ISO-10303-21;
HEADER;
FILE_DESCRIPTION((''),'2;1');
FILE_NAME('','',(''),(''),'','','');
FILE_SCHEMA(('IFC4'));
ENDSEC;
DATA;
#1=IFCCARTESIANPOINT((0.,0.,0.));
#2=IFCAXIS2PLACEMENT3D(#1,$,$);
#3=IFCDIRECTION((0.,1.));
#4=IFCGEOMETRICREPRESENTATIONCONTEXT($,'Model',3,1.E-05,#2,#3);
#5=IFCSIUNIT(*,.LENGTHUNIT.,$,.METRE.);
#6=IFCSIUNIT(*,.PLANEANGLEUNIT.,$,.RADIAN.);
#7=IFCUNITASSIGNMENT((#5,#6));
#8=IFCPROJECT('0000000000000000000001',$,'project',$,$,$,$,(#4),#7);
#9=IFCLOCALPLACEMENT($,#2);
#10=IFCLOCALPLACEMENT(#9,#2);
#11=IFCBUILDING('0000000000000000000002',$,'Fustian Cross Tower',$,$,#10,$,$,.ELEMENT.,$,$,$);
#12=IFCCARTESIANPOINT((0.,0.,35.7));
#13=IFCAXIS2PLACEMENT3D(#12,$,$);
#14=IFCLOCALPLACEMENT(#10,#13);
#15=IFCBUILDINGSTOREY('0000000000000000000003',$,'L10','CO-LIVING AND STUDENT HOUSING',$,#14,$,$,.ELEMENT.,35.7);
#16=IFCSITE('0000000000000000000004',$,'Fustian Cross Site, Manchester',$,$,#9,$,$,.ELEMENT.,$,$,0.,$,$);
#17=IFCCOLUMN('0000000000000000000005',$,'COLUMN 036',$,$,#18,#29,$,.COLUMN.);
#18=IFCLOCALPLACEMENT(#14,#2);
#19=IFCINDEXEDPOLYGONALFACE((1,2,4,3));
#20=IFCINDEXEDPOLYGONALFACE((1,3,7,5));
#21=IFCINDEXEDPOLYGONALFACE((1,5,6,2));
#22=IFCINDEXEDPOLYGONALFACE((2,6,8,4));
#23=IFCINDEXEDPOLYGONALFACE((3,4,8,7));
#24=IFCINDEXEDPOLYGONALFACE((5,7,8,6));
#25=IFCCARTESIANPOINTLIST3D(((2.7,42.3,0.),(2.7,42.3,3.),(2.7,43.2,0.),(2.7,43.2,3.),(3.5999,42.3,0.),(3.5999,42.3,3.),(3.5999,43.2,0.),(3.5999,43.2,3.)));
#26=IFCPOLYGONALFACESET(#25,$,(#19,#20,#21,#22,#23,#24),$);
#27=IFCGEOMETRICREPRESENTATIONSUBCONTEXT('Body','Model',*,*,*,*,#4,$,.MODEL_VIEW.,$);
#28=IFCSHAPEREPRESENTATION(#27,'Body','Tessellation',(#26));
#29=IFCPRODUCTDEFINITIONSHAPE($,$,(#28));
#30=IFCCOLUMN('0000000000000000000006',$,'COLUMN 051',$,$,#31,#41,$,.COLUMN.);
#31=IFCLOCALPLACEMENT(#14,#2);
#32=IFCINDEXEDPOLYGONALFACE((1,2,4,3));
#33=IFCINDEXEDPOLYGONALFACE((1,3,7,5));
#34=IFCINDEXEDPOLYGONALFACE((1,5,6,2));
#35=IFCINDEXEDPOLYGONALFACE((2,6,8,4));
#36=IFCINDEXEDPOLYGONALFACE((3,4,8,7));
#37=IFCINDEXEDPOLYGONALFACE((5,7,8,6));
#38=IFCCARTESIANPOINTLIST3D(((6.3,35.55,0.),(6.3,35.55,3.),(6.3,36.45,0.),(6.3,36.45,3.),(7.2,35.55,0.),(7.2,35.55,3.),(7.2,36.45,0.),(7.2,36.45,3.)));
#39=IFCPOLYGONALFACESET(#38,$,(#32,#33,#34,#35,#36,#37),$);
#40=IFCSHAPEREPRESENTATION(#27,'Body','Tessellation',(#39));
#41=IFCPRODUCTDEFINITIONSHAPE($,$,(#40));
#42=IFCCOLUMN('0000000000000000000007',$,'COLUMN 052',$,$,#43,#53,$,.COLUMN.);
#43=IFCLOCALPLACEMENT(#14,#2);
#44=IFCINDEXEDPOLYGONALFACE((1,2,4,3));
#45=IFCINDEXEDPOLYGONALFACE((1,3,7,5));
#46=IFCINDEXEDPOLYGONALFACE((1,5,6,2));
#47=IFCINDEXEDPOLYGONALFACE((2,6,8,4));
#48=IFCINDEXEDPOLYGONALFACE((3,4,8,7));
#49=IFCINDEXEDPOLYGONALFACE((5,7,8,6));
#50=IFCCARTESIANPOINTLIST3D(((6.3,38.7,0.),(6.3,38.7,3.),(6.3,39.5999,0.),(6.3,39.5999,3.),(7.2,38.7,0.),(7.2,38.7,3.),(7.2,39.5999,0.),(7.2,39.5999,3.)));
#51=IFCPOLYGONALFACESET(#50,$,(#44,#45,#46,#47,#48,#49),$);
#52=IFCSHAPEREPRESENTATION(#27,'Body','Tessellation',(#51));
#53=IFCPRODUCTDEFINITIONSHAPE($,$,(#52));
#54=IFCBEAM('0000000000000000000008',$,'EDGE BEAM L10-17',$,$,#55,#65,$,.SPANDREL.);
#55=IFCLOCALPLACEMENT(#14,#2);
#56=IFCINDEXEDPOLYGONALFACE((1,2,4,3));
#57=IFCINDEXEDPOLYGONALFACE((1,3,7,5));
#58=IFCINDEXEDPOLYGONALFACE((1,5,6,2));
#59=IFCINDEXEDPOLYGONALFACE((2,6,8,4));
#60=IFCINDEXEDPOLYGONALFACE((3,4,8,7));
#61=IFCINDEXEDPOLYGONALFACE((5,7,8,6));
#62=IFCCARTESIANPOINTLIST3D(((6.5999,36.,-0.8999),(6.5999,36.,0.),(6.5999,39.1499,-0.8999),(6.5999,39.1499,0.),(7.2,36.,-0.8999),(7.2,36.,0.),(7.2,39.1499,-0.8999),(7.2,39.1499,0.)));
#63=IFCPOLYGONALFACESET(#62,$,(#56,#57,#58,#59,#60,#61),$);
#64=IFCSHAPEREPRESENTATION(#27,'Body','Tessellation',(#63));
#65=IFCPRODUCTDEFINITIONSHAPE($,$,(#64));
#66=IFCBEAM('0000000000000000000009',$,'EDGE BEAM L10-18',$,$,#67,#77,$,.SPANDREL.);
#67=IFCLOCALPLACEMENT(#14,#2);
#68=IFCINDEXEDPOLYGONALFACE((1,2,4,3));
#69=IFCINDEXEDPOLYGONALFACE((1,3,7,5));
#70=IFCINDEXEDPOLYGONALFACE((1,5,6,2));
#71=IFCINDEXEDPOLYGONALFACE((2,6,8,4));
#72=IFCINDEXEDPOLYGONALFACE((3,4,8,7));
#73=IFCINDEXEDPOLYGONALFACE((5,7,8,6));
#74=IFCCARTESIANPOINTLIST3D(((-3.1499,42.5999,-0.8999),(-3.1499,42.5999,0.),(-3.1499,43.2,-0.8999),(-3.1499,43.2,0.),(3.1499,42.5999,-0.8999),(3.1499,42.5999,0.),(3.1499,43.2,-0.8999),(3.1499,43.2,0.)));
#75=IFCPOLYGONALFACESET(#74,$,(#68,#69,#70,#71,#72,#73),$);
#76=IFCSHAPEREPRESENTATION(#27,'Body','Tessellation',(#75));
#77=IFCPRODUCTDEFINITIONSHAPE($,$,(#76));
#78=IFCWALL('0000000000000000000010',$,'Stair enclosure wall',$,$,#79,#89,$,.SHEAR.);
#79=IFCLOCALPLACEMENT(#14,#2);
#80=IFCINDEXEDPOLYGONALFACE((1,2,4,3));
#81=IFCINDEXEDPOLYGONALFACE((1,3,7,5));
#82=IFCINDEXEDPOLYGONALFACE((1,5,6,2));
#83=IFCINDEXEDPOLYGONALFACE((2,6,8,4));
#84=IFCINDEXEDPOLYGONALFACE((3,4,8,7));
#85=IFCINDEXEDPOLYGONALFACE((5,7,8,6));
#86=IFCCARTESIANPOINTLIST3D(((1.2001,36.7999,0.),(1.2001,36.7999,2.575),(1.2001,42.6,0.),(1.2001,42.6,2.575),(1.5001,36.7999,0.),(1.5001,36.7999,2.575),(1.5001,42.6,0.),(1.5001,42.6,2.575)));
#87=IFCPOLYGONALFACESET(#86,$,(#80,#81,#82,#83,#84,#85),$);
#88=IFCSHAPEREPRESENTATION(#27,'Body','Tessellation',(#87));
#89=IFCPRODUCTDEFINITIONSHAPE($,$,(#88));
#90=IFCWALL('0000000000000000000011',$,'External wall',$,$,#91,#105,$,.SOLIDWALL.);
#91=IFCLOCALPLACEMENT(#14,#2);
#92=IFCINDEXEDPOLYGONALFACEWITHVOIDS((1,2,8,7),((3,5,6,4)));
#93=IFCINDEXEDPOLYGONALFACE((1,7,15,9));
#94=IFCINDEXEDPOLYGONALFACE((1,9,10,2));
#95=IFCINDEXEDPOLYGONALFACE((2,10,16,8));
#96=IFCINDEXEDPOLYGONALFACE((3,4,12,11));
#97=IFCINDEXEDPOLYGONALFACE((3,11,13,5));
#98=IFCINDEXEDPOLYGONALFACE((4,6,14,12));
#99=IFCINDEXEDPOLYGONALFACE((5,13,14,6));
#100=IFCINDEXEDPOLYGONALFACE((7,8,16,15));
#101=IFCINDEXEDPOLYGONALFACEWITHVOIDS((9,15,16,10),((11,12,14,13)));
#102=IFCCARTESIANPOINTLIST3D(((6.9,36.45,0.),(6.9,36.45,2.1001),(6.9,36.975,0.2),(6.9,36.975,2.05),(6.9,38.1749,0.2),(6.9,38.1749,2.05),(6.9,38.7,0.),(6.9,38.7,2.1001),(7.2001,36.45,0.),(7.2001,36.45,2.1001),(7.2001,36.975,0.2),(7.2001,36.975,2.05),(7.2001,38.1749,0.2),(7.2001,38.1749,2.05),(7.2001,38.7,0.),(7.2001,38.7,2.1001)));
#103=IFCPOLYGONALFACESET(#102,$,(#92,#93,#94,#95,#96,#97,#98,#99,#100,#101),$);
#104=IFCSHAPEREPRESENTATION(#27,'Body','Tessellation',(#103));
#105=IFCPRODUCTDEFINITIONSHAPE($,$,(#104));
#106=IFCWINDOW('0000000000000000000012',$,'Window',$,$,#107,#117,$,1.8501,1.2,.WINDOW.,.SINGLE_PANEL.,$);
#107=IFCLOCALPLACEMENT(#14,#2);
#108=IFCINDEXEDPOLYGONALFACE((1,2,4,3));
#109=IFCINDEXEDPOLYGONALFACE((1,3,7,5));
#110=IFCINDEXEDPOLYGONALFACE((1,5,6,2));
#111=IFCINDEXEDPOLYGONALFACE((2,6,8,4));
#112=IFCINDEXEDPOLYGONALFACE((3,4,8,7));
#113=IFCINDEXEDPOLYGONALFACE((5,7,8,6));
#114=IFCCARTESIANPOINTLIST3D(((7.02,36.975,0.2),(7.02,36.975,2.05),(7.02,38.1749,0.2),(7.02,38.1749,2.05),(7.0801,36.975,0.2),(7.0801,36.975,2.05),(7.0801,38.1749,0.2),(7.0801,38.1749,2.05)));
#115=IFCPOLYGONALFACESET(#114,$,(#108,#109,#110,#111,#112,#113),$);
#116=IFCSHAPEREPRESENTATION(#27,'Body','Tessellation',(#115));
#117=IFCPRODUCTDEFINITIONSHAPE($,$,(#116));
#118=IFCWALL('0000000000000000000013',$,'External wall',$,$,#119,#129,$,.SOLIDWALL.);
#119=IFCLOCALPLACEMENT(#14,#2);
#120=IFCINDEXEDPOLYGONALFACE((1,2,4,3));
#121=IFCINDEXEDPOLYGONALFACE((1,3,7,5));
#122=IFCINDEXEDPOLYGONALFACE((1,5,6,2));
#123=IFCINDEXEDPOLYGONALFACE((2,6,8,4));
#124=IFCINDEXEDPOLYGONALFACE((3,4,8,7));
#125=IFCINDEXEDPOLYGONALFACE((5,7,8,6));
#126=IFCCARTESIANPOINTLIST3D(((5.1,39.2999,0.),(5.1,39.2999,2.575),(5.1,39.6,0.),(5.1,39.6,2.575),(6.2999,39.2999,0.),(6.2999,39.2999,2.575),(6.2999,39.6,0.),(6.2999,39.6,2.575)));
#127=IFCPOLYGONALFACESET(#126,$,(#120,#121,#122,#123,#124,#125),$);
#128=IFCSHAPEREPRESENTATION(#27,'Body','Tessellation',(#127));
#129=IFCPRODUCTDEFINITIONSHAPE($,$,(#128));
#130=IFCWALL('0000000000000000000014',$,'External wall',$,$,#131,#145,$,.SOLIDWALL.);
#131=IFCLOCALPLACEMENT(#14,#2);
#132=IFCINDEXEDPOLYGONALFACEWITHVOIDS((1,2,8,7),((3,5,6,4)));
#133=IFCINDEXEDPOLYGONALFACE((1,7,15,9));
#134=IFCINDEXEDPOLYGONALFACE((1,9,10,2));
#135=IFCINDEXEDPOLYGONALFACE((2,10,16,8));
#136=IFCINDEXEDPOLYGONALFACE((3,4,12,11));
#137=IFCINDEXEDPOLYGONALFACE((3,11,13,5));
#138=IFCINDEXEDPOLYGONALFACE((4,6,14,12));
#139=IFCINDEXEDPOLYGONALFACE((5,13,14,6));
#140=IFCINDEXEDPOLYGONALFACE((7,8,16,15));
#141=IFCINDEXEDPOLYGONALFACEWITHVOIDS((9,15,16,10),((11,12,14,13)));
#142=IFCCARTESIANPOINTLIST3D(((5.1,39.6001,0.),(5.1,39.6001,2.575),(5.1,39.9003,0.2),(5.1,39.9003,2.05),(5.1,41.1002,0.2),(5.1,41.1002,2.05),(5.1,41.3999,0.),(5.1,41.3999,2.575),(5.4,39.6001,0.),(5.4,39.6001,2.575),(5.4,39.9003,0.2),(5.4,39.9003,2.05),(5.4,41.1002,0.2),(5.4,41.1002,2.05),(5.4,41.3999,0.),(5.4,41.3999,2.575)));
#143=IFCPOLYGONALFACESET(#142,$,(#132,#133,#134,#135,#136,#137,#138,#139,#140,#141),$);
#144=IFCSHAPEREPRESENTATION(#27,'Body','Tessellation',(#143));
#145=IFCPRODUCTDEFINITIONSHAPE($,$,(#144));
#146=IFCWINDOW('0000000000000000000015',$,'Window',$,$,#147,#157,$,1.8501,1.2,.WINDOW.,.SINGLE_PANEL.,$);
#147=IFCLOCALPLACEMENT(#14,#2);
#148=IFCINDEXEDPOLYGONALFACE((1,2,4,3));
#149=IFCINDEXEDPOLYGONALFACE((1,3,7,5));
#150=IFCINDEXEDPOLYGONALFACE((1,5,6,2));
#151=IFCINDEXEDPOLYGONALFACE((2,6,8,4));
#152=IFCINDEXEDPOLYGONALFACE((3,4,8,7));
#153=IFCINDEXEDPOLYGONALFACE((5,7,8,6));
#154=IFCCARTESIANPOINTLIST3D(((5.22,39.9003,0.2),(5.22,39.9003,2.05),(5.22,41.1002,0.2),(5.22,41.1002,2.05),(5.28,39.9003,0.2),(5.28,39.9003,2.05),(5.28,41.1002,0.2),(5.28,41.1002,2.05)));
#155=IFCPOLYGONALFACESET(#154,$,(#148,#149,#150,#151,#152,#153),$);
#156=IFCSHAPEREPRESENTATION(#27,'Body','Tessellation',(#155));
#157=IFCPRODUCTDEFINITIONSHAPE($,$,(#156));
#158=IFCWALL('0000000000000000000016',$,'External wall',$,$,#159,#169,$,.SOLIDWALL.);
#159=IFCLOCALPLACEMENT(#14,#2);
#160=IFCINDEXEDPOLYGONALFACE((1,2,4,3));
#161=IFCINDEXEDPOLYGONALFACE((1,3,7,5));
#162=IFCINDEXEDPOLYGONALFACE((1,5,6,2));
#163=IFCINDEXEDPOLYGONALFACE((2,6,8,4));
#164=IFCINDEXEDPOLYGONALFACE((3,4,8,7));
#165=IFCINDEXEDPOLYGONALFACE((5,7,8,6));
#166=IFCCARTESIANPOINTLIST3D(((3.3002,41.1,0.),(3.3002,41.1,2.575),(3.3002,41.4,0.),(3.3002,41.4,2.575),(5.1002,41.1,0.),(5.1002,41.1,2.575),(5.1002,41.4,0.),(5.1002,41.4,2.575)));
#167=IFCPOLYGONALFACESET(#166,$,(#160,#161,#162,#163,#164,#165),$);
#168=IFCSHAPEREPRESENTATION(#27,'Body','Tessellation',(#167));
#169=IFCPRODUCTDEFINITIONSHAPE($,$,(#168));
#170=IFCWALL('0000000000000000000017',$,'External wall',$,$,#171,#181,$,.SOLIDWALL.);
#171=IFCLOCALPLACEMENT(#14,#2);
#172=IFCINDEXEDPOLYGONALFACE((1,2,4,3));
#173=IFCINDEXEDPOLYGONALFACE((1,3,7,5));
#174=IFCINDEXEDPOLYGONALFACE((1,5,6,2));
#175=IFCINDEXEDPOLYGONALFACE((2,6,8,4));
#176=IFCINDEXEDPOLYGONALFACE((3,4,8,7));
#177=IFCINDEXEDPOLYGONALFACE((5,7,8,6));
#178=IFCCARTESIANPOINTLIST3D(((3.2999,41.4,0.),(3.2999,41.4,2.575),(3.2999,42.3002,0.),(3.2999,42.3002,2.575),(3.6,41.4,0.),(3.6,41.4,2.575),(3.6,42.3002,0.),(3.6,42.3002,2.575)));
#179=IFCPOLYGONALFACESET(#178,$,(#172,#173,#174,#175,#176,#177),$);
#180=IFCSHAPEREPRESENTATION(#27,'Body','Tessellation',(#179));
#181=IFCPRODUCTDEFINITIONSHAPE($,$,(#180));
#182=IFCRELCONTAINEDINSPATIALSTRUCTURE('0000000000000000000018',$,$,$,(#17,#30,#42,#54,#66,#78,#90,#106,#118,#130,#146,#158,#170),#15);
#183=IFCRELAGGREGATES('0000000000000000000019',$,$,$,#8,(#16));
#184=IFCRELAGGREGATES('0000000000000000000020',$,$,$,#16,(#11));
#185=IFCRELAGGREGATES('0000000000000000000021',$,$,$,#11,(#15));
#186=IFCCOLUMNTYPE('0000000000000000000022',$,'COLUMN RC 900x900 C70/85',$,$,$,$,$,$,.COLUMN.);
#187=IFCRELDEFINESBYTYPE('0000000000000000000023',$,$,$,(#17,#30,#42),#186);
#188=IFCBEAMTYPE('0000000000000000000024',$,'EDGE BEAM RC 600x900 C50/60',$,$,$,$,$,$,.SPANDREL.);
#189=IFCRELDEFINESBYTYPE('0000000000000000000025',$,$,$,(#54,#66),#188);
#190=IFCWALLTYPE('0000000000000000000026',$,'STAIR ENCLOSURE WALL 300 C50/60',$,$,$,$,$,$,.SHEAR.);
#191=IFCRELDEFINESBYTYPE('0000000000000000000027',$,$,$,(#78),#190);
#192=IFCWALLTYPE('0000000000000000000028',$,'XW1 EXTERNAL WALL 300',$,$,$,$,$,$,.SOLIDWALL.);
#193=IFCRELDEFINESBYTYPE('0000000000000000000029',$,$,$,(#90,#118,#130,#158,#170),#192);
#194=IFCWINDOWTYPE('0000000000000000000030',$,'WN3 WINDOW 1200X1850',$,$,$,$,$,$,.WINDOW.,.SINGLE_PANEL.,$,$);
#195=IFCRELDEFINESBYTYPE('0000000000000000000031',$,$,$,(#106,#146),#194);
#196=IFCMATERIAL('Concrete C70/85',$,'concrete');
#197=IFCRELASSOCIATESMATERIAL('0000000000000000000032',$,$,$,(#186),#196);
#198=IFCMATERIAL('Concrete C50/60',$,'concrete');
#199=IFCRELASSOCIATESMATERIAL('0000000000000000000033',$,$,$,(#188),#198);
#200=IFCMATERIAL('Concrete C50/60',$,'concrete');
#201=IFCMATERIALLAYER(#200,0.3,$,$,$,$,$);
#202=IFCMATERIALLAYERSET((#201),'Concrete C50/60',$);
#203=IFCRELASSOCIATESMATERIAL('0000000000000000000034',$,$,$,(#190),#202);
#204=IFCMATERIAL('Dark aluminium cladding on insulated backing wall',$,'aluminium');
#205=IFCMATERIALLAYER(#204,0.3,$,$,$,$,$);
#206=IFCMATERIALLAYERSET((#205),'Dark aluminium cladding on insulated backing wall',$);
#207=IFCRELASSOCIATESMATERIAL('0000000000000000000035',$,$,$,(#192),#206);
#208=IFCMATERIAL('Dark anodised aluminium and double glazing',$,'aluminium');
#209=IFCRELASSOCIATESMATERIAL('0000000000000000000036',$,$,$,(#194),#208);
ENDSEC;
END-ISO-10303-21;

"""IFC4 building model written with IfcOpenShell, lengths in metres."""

from ifc_helpers import new_model, si_unit, direction, frame, frame_2d, origin, origin_2d, place, context, subcontext, project, spatial, rectangle, extrude, material, layer, layer_set, material_profile, profile_set, type_object, element, fill, save


model = new_model("IFC4")

# Units and contexts
model_context = context("Model", 3, precision=1e-05, world=origin(), true_north=direction((0.0, 1.0)))
body_context = subcontext(model_context, "Body", "Model", "MODEL_VIEW")
ifc_project = project(units=[si_unit("LENGTHUNIT", "METRE"), si_unit("PLANEANGLEUNIT", "RADIAN")], contexts=[model_context])

# Site, building, storey
site_placement = place(None, origin())
site = spatial("IfcSite", under=ifc_project, at=site_placement, Name="Fustian Cross Site, Manchester", CompositionType="ELEMENT", RefElevation=0.0)
building_placement = place(site_placement, origin())
building = spatial("IfcBuilding", under=site, at=building_placement, Name="Fustian Cross Tower", CompositionType="ELEMENT")
storey_placement = place(building_placement, frame((0.0, 0.0, 35.7)))
storey = spatial("IfcBuildingStorey", under=building, at=storey_placement, Name="L10", Description="CO-LIVING AND STUDENT HOUSING", CompositionType="ELEMENT", Elevation=35.7)

# Columns
ifc_material_1 = material(Name="Concrete C70/85", Category="concrete")
ifc_material_profile_1 = material_profile(ifc_material_1, rectangle(XDim=0.8999, YDim=0.8999, at=origin_2d()), Name="RC 900x900")
ifc_profile_set_1 = profile_set([ifc_material_profile_1], Name="Concrete C70/85")
column_type = type_object("IfcColumnType", Name="COLUMN RC 900x900 C70/85", PredefinedType="COLUMN", material=ifc_profile_set_1)
for number, where, z_axis, x_axis, name in (
    (1, (3.1499, 42.75, 0.0), (0.0, 0.0, 1.0), (1.0, 0.0, 0.0), "COLUMN 036"),
    (2, (6.75, 36.0, 0.0), (0.0, 0.0, 1.0), (1.0, 0.0, 0.0), "COLUMN 051"),
    (3, (6.75, 39.1499, 0.0), (0.0, 0.0, 1.0), (1.0, 0.0, 0.0), "COLUMN 052"),
):
    element("IfcColumn", number, at=place(storey_placement, frame(where, z_axis=z_axis, x_axis=x_axis)), inside=storey, type_object=column_type, Name=name, PredefinedType="COLUMN", context=body_context, shape_type="SweptSolid", body=[
        extrude(rectangle(XDim=0.8999, YDim=0.8999, at=origin_2d()), origin(), (0.0, 0.0, 1.0), 3.0),
    ])

# Beams
ifc_material_2 = material(Name="Concrete C50/60", Category="concrete")
ifc_material_profile_2 = material_profile(ifc_material_2, rectangle(XDim=0.6001, YDim=0.8999, at=origin_2d()), Name="RC 600x900")
ifc_profile_set_2 = profile_set([ifc_material_profile_2], Name="Concrete C50/60")
beam_type = type_object("IfcBeamType", Name="EDGE BEAM RC 600x900 C50/60", PredefinedType="SPANDREL", material=ifc_profile_set_2)
beam_1_placement = place(storey_placement, frame((6.8999, 36.0, -0.45), z_axis=(0.0, 1.0, 0.0), x_axis=(-1.0, 0.0, 0.0)))
element("IfcBeam", 4, at=beam_1_placement, inside=storey, type_object=beam_type, Name="EDGE BEAM L10-17", PredefinedType="SPANDREL", context=body_context, shape_type="SweptSolid", body=[
    extrude(rectangle(XDim=0.6001, YDim=0.8999, at=origin_2d()), origin(), (0.0, 0.0, 1.0), 3.1499),
])
beam_2_placement = place(storey_placement, frame((3.1499, 42.8999, -0.45), z_axis=(-1.0, 0.0, 0.0), x_axis=(0.0, -1.0, 0.0)))
element("IfcBeam", 5, at=beam_2_placement, inside=storey, type_object=beam_type, Name="EDGE BEAM L10-18", PredefinedType="SPANDREL", context=body_context, shape_type="SweptSolid", body=[
    extrude(rectangle(XDim=0.6001, YDim=0.8999, at=origin_2d()), origin(), (0.0, 0.0, 1.0), 6.2998),
])

# Wall
ifc_material_3 = material(Name="Concrete C50/60", Category="concrete")
ifc_layer_1 = layer(ifc_material_3, 0.3)
ifc_layer_set_1 = layer_set([ifc_layer_1], Name="Concrete C50/60")
wall_type_1 = type_object("IfcWallType", Name="STAIR ENCLOSURE WALL 300 C50/60", PredefinedType="SHEAR", material=ifc_layer_set_1)
wall_1_placement = place(storey_placement, frame((1.3501, 36.8, 0.0), z_axis=(0.0, 0.0, 1.0), x_axis=(0.0, 1.0, 0.0)))
element("IfcWall", 6, at=wall_1_placement, inside=storey, type_object=wall_type_1, Name="Stair enclosure wall", PredefinedType="SHEAR", context=body_context, shape_type="SweptSolid", body=[
    extrude(rectangle(XDim=5.8, YDim=0.3, at=frame_2d((2.8999, 0.0))), origin(), (0.0, 0.0, 1.0), 2.575),
])

# Wall, opening, window
ifc_material_4 = material(Name="Dark aluminium cladding on insulated backing wall", Category="aluminium")
ifc_layer_2 = layer(ifc_material_4, 0.3)
ifc_layer_set_2 = layer_set([ifc_layer_2], Name="Dark aluminium cladding on insulated backing wall")
wall_type_2 = type_object("IfcWallType", Name="XW1 EXTERNAL WALL 300", PredefinedType="SOLIDWALL", material=ifc_layer_set_2)
wall_2_placement = place(storey_placement, frame((7.05, 36.45, 0.0), z_axis=(0.0, 0.0, 1.0), x_axis=(0.0, 1.0, 0.0)))
wall_2 = element("IfcWall", 7, at=wall_2_placement, inside=storey, type_object=wall_type_2, Name="External wall", PredefinedType="SOLIDWALL", context=body_context, shape_type="SweptSolid", body=[
    extrude(rectangle(XDim=2.25, YDim=0.3, at=frame_2d((1.125, 0.0))), origin(), (0.0, 0.0, 1.0), 2.1001),
])
opening_1_placement = place(wall_2_placement, frame((0.5249, 0.0, 0.2)))
opening_1 = element("IfcOpeningElement", 8, at=opening_1_placement, cuts=wall_2, PredefinedType="OPENING", context=body_context, shape_type="SweptSolid", body=[
    extrude(rectangle(XDim=1.2, YDim=1.8501, at=frame_2d((0.6001, 0.925))), frame((0.0, 0.1599, 0.0), z_axis=(0.0, -1.0, 0.0), x_axis=(1.0, 0.0, 0.0)), (0.0, 0.0, 1.0), 0.3201),
])
ifc_material_5 = material(Name="Dark anodised aluminium and double glazing", Category="aluminium")
window_type_1 = type_object("IfcWindowType", Name="WN3 WINDOW 1200X1850", PartitioningType="SINGLE_PANEL", PredefinedType="WINDOW", material=ifc_material_5)
window_1_placement = place(opening_1_placement, origin())
window_1 = element("IfcWindow", 9, at=window_1_placement, inside=storey, type_object=window_type_1, Name="Window", OverallHeight=1.8501, OverallWidth=1.2, PartitioningType="SINGLE_PANEL", PredefinedType="WINDOW", context=body_context, shape_type="SweptSolid", body=[
    extrude(rectangle(XDim=1.2, YDim=1.8501, at=frame_2d((0.6001, 0.925))), frame((0.0, 0.03, 0.0), z_axis=(0.0, -1.0, 0.0), x_axis=(1.0, 0.0, 0.0)), (0.0, 0.0, 1.0), 0.0601),
])
fill(opening_1, window_1)

# Wall
wall_3_placement = place(storey_placement, frame((6.3, 39.45, 0.0), z_axis=(0.0, 0.0, 1.0), x_axis=(-1.0, 0.0, 0.0)))
element("IfcWall", 10, at=wall_3_placement, inside=storey, type_object=wall_type_2, Name="External wall", PredefinedType="SOLIDWALL", context=body_context, shape_type="SweptSolid", body=[
    extrude(rectangle(XDim=1.2, YDim=0.3, at=frame_2d((0.6001, 0.0))), origin(), (0.0, 0.0, 1.0), 2.575),
])

# Wall, opening, window
wall_4_placement = place(storey_placement, frame((5.25, 39.6001, 0.0), z_axis=(0.0, 0.0, 1.0), x_axis=(0.0, 1.0, 0.0)))
wall_4 = element("IfcWall", 11, at=wall_4_placement, inside=storey, type_object=wall_type_2, Name="External wall", PredefinedType="SOLIDWALL", context=body_context, shape_type="SweptSolid", body=[
    extrude(rectangle(XDim=1.7998, YDim=0.3, at=frame_2d((0.8999, 0.0))), origin(), (0.0, 0.0, 1.0), 2.575),
])
opening_2_placement = place(wall_4_placement, frame((0.3, 0.0, 0.2)))
opening_2 = element("IfcOpeningElement", 12, at=opening_2_placement, cuts=wall_4, PredefinedType="OPENING", context=body_context, shape_type="SweptSolid", body=[
    extrude(rectangle(XDim=1.2, YDim=1.8501, at=frame_2d((0.6001, 0.925))), frame((0.0, 0.1599, 0.0), z_axis=(0.0, -1.0, 0.0), x_axis=(1.0, 0.0, 0.0)), (0.0, 0.0, 1.0), 0.3201),
])
window_2_placement = place(opening_2_placement, origin())
window_2 = element("IfcWindow", 13, at=window_2_placement, inside=storey, type_object=window_type_1, Name="Window", OverallHeight=1.8501, OverallWidth=1.2, PartitioningType="SINGLE_PANEL", PredefinedType="WINDOW", context=body_context, shape_type="SweptSolid", body=[
    extrude(rectangle(XDim=1.2, YDim=1.8501, at=frame_2d((0.6001, 0.925))), frame((0.0, 0.03, 0.0), z_axis=(0.0, -1.0, 0.0), x_axis=(1.0, 0.0, 0.0)), (0.0, 0.0, 1.0), 0.0601),
])
fill(opening_2, window_2)

# Walls
wall_5_placement = place(storey_placement, frame((5.1001, 41.25, 0.0), z_axis=(0.0, 0.0, 1.0), x_axis=(-1.0, 0.0, 0.0)))
element("IfcWall", 14, at=wall_5_placement, inside=storey, type_object=wall_type_2, Name="External wall", PredefinedType="SOLIDWALL", context=body_context, shape_type="SweptSolid", body=[
    extrude(rectangle(XDim=1.8, YDim=0.3, at=frame_2d((0.8999, 0.0))), origin(), (0.0, 0.0, 1.0), 2.575),
])
wall_6_placement = place(storey_placement, frame((3.45, 41.3999, 0.0), z_axis=(0.0, 0.0, 1.0), x_axis=(0.0, 1.0, 0.0)))
element("IfcWall", 15, at=wall_6_placement, inside=storey, type_object=wall_type_2, Name="External wall", PredefinedType="SOLIDWALL", context=body_context, shape_type="SweptSolid", body=[
    extrude(rectangle(XDim=0.9001, YDim=0.3, at=frame_2d((0.4502, 0.0))), origin(), (0.0, 0.0, 1.0), 2.575),
])

save(model, "model.ifc")
